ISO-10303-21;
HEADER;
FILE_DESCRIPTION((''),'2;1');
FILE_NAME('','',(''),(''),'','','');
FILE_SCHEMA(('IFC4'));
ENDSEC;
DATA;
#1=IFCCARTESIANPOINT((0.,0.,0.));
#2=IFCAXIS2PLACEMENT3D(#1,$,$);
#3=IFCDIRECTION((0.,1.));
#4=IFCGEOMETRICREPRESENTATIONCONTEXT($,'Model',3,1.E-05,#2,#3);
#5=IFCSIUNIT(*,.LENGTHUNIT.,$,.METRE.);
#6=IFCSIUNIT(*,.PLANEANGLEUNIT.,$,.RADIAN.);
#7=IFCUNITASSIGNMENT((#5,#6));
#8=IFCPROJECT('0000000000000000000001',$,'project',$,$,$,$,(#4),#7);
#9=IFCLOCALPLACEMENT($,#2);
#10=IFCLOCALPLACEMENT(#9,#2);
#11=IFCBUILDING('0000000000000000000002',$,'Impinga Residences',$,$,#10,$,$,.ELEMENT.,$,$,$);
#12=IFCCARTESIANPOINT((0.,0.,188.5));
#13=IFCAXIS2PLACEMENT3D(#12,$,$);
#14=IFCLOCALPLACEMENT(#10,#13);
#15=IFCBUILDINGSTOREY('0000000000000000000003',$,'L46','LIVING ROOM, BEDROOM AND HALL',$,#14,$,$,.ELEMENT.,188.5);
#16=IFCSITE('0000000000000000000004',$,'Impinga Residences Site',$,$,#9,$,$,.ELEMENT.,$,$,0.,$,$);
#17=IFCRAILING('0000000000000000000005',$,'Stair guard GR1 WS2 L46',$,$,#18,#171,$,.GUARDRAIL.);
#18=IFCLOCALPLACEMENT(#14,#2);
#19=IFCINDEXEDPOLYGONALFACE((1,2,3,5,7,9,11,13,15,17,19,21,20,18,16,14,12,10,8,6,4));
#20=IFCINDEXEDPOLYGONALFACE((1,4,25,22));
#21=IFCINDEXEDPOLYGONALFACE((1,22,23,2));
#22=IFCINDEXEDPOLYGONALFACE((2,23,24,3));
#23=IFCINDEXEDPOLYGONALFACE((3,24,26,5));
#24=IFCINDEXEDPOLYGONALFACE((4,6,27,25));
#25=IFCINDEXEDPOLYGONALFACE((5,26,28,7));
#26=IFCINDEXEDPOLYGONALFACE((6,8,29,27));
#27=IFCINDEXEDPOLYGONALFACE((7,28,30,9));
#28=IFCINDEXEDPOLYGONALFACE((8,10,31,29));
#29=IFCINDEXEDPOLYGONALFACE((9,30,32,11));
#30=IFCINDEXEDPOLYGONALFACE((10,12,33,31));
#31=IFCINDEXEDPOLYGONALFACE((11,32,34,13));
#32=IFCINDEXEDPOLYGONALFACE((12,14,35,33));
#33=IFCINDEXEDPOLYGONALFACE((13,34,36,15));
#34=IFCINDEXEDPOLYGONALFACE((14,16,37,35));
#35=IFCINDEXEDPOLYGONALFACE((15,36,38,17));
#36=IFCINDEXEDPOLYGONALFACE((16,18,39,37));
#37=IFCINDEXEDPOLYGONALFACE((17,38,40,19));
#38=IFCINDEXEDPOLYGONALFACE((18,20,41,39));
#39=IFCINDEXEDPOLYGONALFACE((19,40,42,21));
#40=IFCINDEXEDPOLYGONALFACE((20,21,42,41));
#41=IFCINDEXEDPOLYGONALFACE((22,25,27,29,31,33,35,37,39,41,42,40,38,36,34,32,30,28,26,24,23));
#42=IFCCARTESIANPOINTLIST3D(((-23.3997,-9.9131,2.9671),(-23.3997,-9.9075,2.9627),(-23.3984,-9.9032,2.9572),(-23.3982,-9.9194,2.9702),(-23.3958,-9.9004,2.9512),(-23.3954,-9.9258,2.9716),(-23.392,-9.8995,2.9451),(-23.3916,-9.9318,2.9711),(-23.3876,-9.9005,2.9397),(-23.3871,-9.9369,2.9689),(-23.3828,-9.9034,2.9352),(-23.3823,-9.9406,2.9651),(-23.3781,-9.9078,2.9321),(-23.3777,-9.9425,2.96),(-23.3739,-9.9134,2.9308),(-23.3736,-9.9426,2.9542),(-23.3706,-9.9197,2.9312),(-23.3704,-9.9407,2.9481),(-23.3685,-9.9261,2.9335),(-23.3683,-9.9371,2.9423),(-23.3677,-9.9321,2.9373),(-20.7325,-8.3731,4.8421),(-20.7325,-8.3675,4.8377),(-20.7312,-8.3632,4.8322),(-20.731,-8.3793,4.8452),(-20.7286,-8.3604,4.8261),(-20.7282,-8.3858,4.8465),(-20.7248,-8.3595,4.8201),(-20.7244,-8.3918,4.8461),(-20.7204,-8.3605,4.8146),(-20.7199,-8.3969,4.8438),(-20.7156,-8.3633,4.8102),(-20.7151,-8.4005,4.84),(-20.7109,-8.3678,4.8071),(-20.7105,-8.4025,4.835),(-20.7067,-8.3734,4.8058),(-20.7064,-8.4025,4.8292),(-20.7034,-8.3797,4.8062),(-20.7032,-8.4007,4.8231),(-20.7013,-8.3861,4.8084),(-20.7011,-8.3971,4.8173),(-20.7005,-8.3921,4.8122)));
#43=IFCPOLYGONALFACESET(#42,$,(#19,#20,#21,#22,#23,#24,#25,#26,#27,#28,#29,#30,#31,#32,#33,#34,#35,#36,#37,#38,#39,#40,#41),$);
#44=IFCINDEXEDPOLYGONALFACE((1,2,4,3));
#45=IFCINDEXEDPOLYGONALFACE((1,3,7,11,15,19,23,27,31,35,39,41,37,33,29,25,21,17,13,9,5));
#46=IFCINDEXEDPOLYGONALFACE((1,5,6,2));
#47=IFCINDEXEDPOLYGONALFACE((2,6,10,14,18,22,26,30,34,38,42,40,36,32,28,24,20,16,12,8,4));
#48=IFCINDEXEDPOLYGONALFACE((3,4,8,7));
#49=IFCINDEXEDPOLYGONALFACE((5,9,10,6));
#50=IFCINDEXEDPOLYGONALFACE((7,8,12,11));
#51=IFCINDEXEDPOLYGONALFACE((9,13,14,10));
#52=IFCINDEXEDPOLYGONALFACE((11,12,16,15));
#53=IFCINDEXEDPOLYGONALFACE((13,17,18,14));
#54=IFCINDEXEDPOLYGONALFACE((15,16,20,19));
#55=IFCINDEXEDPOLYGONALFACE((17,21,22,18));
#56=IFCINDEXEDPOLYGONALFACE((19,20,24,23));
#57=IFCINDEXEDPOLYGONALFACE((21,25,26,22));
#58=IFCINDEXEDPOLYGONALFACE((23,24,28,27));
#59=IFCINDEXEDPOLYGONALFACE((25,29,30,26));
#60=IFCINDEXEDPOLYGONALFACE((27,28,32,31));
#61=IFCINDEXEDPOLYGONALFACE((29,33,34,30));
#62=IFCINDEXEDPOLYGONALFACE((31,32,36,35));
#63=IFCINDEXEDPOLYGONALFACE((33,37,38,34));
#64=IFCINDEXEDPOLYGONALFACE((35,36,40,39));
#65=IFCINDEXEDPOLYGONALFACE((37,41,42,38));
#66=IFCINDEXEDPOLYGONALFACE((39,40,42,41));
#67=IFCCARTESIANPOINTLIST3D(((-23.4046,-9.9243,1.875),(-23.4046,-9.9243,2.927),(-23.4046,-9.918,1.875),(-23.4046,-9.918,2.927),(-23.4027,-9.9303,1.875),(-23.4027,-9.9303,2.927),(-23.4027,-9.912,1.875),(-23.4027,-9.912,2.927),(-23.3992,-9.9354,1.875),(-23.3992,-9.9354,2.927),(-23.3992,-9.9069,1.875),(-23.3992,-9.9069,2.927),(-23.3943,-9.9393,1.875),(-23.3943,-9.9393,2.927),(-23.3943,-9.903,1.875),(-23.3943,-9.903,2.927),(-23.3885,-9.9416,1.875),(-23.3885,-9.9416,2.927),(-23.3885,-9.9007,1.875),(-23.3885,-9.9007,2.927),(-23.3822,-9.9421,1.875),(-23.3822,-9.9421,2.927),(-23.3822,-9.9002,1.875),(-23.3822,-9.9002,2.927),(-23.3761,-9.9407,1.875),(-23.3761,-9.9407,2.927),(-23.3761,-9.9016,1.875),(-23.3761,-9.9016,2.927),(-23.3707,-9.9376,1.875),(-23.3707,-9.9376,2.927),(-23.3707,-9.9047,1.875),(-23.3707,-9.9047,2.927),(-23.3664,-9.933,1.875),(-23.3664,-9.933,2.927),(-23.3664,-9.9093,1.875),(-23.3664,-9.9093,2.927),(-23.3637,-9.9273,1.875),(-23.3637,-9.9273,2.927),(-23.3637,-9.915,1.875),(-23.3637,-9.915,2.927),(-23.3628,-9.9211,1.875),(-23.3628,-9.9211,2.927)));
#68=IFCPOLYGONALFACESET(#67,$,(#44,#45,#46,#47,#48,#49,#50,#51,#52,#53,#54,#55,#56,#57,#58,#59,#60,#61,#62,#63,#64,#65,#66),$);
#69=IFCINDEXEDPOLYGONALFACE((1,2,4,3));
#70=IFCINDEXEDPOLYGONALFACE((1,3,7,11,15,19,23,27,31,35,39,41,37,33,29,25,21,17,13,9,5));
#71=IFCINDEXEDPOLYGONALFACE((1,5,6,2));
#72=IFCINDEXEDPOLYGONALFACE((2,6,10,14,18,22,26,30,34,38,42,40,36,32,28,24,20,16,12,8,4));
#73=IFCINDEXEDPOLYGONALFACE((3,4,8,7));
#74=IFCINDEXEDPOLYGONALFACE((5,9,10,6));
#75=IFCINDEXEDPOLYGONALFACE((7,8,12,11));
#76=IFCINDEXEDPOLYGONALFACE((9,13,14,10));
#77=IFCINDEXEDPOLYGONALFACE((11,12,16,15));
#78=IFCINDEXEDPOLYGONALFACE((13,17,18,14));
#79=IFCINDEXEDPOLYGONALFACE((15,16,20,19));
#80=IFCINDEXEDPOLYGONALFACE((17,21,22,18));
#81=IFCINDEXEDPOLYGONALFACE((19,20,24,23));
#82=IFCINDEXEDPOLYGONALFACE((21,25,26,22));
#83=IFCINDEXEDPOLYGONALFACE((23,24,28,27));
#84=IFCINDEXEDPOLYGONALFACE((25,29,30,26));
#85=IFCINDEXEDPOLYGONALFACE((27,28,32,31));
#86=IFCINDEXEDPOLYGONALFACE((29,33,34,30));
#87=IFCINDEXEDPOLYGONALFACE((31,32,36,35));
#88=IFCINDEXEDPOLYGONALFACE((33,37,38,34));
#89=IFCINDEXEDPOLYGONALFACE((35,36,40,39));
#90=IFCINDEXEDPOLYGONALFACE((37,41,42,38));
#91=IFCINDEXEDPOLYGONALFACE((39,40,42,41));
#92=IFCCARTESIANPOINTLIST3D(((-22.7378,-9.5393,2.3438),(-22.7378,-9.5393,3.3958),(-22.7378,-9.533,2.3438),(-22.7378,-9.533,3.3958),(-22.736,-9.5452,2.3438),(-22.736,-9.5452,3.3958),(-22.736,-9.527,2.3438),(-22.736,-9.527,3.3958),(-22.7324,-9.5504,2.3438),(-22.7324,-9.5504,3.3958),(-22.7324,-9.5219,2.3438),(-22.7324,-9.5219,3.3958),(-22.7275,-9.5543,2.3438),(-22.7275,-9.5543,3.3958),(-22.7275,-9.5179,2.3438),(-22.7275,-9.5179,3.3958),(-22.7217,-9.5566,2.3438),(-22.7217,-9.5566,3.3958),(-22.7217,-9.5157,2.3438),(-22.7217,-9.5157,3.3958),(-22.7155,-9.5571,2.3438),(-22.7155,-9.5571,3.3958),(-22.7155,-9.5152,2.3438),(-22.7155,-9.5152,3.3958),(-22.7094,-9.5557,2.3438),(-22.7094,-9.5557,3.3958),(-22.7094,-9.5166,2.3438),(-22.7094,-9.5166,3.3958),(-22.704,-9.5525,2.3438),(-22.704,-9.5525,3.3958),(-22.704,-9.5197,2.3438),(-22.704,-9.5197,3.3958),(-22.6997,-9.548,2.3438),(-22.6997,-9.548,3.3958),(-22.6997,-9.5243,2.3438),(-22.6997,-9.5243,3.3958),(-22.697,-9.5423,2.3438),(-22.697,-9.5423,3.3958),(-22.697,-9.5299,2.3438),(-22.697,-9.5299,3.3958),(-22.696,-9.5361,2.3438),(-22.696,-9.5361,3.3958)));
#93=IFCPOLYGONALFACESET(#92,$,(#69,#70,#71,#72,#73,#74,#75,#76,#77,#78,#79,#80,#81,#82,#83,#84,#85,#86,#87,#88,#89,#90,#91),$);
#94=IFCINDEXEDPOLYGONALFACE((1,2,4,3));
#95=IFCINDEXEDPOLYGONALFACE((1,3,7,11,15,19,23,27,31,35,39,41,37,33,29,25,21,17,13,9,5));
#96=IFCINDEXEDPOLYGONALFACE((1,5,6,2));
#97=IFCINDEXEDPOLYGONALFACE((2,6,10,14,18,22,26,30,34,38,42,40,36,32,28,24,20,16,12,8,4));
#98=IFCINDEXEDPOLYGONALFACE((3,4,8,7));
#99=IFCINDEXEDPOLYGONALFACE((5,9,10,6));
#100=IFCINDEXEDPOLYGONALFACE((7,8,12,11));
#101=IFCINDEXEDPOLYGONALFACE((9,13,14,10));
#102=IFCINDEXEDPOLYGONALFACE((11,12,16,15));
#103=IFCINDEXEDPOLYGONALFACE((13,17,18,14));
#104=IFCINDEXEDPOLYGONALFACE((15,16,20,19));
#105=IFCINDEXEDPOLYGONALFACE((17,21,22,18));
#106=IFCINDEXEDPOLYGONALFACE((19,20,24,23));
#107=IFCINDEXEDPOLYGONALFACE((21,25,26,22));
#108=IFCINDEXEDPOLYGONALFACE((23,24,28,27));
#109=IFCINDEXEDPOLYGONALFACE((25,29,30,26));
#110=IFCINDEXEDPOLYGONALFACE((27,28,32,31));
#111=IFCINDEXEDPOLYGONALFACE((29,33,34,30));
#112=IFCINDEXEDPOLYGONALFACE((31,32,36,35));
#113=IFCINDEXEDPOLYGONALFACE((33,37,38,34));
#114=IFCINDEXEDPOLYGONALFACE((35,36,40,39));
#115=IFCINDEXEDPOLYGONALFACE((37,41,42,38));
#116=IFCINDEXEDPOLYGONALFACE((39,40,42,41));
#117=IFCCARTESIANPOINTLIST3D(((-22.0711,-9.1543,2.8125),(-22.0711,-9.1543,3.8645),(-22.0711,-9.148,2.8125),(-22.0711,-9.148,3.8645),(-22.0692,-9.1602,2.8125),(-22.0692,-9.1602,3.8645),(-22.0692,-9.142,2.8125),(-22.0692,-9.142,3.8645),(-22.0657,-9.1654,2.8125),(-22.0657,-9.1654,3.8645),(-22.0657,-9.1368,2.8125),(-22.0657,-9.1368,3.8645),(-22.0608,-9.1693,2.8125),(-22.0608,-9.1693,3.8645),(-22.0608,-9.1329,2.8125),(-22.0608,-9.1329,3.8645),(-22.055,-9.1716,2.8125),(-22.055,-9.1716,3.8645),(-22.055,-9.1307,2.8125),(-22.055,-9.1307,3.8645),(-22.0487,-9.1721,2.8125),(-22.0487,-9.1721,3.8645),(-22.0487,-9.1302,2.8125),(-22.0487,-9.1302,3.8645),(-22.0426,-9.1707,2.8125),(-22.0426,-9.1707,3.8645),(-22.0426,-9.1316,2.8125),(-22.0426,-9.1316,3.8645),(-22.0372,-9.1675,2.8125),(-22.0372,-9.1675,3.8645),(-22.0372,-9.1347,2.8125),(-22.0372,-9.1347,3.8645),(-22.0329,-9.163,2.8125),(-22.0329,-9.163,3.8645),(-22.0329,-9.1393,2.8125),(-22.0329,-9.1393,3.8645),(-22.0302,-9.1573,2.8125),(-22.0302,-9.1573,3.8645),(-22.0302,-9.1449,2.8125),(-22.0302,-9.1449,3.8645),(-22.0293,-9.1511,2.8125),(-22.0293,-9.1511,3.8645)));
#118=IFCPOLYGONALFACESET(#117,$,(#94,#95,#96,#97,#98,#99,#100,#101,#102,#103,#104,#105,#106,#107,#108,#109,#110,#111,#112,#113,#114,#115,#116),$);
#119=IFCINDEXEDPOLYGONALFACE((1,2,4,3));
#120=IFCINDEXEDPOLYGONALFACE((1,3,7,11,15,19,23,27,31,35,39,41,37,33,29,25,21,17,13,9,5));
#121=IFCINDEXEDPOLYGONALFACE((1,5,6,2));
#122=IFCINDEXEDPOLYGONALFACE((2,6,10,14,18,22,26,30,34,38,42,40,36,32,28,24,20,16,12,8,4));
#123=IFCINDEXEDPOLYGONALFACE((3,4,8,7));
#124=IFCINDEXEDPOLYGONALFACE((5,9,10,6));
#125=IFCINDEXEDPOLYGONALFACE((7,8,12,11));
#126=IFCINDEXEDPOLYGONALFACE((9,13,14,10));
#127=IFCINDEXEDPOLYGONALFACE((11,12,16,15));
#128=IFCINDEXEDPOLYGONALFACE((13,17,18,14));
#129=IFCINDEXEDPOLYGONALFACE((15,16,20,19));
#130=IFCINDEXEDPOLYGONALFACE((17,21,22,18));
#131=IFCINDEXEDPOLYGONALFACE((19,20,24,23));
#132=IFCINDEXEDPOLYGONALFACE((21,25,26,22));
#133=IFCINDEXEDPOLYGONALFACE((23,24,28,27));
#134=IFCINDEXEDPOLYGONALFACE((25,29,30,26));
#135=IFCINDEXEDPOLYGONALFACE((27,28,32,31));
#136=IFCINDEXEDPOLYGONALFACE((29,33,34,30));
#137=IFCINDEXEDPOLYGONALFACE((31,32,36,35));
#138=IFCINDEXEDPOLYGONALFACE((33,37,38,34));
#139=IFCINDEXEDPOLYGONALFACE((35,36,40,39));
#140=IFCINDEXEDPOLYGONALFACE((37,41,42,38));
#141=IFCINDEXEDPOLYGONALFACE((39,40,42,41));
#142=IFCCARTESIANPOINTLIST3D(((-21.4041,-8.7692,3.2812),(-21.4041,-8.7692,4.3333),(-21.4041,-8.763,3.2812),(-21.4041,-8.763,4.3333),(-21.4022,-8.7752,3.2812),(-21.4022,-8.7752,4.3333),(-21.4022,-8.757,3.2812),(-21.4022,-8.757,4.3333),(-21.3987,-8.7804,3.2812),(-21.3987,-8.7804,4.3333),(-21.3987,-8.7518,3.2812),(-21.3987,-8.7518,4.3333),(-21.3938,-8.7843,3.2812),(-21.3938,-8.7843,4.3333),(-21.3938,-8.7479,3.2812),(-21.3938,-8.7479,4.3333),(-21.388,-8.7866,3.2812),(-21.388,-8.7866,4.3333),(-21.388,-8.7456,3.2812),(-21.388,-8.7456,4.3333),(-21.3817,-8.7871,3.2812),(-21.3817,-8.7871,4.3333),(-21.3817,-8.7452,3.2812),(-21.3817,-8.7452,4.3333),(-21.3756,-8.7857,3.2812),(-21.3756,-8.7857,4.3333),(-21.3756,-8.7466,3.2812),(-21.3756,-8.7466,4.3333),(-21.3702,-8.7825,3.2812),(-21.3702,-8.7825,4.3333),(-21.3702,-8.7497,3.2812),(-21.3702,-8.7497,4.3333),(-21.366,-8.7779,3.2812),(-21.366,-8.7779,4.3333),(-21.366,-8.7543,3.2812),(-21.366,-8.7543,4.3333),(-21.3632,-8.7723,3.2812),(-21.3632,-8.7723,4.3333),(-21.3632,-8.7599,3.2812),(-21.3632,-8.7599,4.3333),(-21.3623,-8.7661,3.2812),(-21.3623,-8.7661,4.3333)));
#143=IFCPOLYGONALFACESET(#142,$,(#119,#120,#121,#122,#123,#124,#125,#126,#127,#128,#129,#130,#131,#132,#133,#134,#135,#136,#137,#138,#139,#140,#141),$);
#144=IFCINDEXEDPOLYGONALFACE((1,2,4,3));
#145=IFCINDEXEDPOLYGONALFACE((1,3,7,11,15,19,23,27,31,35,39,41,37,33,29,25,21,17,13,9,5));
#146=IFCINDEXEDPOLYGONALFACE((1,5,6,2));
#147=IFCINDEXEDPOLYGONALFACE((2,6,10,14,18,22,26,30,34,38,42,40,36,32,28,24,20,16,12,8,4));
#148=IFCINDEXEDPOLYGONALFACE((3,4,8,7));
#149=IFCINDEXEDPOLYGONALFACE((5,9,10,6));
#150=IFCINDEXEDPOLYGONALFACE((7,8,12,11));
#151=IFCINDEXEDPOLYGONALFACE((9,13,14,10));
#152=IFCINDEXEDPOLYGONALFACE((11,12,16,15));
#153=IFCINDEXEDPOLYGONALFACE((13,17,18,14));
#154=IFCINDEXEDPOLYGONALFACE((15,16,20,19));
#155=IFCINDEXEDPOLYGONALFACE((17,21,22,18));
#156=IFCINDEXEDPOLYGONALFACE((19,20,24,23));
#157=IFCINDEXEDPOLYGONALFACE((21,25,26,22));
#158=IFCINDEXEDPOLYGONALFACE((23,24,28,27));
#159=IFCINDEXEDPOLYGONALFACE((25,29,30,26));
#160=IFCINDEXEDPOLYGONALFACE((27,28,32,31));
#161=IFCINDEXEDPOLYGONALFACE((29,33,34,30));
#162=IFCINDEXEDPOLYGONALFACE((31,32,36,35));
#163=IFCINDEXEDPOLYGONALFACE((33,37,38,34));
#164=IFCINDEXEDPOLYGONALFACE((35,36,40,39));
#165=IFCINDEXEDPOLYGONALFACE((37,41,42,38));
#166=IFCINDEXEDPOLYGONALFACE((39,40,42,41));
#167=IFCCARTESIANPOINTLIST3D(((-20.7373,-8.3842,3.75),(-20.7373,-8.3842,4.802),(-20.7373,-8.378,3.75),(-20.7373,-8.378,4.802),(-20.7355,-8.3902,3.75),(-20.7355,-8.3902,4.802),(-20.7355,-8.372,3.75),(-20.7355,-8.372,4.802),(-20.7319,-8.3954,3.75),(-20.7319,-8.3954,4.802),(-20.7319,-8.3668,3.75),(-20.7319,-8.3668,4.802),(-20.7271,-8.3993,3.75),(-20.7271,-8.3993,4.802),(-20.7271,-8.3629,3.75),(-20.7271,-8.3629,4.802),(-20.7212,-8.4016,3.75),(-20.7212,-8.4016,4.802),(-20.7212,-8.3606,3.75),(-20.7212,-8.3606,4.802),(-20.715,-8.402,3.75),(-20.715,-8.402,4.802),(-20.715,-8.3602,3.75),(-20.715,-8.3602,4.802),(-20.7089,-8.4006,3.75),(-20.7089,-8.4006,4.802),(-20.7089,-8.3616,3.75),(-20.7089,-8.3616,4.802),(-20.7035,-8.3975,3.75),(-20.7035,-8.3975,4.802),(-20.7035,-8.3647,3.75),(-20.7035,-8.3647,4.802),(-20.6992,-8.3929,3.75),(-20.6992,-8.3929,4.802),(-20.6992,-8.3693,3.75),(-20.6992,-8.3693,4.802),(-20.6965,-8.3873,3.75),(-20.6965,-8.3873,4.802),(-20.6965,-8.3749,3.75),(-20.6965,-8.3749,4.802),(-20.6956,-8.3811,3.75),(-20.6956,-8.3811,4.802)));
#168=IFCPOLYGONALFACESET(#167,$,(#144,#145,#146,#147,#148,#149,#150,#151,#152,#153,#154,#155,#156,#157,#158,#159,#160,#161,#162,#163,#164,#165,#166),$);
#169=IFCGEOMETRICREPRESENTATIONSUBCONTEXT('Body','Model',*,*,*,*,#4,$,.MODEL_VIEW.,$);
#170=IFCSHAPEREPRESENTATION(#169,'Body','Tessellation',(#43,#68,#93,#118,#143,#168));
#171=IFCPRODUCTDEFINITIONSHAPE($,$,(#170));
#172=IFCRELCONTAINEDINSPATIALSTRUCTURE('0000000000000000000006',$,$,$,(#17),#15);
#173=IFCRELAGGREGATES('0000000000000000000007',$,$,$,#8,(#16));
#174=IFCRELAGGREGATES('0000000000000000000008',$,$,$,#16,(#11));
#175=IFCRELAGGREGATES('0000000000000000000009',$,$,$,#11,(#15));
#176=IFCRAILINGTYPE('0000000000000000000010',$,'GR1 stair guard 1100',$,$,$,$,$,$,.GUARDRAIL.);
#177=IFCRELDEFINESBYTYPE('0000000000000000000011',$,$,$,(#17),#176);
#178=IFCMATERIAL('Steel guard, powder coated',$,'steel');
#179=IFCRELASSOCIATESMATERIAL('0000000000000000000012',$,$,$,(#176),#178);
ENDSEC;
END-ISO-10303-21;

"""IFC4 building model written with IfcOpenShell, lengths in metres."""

from ifc_helpers import new_model, si_unit, direction, frame, origin, origin_2d, place, context, subcontext, project, spatial, circle, extrude, material, type_object, element, save


model = new_model("IFC4")

# Units and contexts
model_context = context("Model", 3, precision=1e-05, world=origin(), true_north=direction((0.0, 1.0)))
body_context = subcontext(model_context, "Body", "Model", "MODEL_VIEW")
ifc_project = project(units=[si_unit("LENGTHUNIT", "METRE"), si_unit("PLANEANGLEUNIT", "RADIAN")], contexts=[model_context])

# Site, building, storey
site_placement = place(None, origin())
site = spatial("IfcSite", under=ifc_project, at=site_placement, Name="Impinga Residences Site", CompositionType="ELEMENT", RefElevation=0.0)
building_placement = place(site_placement, origin())
building = spatial("IfcBuilding", under=site, at=building_placement, Name="Impinga Residences", CompositionType="ELEMENT")
storey_placement = place(building_placement, frame((0.0, 0.0, 188.5)))
storey = spatial("IfcBuildingStorey", under=building, at=storey_placement, Name="L46", Description="LIVING ROOM, BEDROOM AND HALL", CompositionType="ELEMENT", Elevation=188.5)

# Railing
ifc_material_1 = material(Name="Steel guard, powder coated", Category="steel")
railing_type_1 = type_object("IfcRailingType", Name="GR1 stair guard 1100", PredefinedType="GUARDRAIL", material=ifc_material_1)
railing_1_placement = place(storey_placement, frame((-23.3838, -9.9211, 1.875)))
element("IfcRailing", 1, at=railing_1_placement, inside=storey, type_object=railing_type_1, Name="Stair guard GR1 WS2 L46", PredefinedType="GUARDRAIL", context=body_context, shape_type="SweptSolid", body=[
    extrude(circle(Radius=0.0239, at=origin_2d()), frame((0.0, 0.0, 1.0762), z_axis=(0.739716, 0.427105, 0.520002), x_axis=(-0.500027, 0.86601, 0.0)), (0.0, 0.0, 1.0), 3.6057),
    extrude(circle(Radius=0.021, at=origin_2d()), origin(), (0.0, 0.0, 1.0), 1.052),
    extrude(circle(Radius=0.021, at=origin_2d()), frame((0.6667, 0.385, 0.4688)), (0.0, 0.0, 1.0), 1.052),
    extrude(circle(Radius=0.021, at=origin_2d()), frame((1.3335, 0.77, 0.9375)), (0.0, 0.0, 1.0), 1.052),
    extrude(circle(Radius=0.021, at=origin_2d()), frame((2.0005, 1.155, 1.4062)), (0.0, 0.0, 1.0), 1.052),
    extrude(circle(Radius=0.021, at=origin_2d()), frame((2.6672, 1.54, 1.875)), (0.0, 0.0, 1.0), 1.052),
])

save(model, "model.ifc")
